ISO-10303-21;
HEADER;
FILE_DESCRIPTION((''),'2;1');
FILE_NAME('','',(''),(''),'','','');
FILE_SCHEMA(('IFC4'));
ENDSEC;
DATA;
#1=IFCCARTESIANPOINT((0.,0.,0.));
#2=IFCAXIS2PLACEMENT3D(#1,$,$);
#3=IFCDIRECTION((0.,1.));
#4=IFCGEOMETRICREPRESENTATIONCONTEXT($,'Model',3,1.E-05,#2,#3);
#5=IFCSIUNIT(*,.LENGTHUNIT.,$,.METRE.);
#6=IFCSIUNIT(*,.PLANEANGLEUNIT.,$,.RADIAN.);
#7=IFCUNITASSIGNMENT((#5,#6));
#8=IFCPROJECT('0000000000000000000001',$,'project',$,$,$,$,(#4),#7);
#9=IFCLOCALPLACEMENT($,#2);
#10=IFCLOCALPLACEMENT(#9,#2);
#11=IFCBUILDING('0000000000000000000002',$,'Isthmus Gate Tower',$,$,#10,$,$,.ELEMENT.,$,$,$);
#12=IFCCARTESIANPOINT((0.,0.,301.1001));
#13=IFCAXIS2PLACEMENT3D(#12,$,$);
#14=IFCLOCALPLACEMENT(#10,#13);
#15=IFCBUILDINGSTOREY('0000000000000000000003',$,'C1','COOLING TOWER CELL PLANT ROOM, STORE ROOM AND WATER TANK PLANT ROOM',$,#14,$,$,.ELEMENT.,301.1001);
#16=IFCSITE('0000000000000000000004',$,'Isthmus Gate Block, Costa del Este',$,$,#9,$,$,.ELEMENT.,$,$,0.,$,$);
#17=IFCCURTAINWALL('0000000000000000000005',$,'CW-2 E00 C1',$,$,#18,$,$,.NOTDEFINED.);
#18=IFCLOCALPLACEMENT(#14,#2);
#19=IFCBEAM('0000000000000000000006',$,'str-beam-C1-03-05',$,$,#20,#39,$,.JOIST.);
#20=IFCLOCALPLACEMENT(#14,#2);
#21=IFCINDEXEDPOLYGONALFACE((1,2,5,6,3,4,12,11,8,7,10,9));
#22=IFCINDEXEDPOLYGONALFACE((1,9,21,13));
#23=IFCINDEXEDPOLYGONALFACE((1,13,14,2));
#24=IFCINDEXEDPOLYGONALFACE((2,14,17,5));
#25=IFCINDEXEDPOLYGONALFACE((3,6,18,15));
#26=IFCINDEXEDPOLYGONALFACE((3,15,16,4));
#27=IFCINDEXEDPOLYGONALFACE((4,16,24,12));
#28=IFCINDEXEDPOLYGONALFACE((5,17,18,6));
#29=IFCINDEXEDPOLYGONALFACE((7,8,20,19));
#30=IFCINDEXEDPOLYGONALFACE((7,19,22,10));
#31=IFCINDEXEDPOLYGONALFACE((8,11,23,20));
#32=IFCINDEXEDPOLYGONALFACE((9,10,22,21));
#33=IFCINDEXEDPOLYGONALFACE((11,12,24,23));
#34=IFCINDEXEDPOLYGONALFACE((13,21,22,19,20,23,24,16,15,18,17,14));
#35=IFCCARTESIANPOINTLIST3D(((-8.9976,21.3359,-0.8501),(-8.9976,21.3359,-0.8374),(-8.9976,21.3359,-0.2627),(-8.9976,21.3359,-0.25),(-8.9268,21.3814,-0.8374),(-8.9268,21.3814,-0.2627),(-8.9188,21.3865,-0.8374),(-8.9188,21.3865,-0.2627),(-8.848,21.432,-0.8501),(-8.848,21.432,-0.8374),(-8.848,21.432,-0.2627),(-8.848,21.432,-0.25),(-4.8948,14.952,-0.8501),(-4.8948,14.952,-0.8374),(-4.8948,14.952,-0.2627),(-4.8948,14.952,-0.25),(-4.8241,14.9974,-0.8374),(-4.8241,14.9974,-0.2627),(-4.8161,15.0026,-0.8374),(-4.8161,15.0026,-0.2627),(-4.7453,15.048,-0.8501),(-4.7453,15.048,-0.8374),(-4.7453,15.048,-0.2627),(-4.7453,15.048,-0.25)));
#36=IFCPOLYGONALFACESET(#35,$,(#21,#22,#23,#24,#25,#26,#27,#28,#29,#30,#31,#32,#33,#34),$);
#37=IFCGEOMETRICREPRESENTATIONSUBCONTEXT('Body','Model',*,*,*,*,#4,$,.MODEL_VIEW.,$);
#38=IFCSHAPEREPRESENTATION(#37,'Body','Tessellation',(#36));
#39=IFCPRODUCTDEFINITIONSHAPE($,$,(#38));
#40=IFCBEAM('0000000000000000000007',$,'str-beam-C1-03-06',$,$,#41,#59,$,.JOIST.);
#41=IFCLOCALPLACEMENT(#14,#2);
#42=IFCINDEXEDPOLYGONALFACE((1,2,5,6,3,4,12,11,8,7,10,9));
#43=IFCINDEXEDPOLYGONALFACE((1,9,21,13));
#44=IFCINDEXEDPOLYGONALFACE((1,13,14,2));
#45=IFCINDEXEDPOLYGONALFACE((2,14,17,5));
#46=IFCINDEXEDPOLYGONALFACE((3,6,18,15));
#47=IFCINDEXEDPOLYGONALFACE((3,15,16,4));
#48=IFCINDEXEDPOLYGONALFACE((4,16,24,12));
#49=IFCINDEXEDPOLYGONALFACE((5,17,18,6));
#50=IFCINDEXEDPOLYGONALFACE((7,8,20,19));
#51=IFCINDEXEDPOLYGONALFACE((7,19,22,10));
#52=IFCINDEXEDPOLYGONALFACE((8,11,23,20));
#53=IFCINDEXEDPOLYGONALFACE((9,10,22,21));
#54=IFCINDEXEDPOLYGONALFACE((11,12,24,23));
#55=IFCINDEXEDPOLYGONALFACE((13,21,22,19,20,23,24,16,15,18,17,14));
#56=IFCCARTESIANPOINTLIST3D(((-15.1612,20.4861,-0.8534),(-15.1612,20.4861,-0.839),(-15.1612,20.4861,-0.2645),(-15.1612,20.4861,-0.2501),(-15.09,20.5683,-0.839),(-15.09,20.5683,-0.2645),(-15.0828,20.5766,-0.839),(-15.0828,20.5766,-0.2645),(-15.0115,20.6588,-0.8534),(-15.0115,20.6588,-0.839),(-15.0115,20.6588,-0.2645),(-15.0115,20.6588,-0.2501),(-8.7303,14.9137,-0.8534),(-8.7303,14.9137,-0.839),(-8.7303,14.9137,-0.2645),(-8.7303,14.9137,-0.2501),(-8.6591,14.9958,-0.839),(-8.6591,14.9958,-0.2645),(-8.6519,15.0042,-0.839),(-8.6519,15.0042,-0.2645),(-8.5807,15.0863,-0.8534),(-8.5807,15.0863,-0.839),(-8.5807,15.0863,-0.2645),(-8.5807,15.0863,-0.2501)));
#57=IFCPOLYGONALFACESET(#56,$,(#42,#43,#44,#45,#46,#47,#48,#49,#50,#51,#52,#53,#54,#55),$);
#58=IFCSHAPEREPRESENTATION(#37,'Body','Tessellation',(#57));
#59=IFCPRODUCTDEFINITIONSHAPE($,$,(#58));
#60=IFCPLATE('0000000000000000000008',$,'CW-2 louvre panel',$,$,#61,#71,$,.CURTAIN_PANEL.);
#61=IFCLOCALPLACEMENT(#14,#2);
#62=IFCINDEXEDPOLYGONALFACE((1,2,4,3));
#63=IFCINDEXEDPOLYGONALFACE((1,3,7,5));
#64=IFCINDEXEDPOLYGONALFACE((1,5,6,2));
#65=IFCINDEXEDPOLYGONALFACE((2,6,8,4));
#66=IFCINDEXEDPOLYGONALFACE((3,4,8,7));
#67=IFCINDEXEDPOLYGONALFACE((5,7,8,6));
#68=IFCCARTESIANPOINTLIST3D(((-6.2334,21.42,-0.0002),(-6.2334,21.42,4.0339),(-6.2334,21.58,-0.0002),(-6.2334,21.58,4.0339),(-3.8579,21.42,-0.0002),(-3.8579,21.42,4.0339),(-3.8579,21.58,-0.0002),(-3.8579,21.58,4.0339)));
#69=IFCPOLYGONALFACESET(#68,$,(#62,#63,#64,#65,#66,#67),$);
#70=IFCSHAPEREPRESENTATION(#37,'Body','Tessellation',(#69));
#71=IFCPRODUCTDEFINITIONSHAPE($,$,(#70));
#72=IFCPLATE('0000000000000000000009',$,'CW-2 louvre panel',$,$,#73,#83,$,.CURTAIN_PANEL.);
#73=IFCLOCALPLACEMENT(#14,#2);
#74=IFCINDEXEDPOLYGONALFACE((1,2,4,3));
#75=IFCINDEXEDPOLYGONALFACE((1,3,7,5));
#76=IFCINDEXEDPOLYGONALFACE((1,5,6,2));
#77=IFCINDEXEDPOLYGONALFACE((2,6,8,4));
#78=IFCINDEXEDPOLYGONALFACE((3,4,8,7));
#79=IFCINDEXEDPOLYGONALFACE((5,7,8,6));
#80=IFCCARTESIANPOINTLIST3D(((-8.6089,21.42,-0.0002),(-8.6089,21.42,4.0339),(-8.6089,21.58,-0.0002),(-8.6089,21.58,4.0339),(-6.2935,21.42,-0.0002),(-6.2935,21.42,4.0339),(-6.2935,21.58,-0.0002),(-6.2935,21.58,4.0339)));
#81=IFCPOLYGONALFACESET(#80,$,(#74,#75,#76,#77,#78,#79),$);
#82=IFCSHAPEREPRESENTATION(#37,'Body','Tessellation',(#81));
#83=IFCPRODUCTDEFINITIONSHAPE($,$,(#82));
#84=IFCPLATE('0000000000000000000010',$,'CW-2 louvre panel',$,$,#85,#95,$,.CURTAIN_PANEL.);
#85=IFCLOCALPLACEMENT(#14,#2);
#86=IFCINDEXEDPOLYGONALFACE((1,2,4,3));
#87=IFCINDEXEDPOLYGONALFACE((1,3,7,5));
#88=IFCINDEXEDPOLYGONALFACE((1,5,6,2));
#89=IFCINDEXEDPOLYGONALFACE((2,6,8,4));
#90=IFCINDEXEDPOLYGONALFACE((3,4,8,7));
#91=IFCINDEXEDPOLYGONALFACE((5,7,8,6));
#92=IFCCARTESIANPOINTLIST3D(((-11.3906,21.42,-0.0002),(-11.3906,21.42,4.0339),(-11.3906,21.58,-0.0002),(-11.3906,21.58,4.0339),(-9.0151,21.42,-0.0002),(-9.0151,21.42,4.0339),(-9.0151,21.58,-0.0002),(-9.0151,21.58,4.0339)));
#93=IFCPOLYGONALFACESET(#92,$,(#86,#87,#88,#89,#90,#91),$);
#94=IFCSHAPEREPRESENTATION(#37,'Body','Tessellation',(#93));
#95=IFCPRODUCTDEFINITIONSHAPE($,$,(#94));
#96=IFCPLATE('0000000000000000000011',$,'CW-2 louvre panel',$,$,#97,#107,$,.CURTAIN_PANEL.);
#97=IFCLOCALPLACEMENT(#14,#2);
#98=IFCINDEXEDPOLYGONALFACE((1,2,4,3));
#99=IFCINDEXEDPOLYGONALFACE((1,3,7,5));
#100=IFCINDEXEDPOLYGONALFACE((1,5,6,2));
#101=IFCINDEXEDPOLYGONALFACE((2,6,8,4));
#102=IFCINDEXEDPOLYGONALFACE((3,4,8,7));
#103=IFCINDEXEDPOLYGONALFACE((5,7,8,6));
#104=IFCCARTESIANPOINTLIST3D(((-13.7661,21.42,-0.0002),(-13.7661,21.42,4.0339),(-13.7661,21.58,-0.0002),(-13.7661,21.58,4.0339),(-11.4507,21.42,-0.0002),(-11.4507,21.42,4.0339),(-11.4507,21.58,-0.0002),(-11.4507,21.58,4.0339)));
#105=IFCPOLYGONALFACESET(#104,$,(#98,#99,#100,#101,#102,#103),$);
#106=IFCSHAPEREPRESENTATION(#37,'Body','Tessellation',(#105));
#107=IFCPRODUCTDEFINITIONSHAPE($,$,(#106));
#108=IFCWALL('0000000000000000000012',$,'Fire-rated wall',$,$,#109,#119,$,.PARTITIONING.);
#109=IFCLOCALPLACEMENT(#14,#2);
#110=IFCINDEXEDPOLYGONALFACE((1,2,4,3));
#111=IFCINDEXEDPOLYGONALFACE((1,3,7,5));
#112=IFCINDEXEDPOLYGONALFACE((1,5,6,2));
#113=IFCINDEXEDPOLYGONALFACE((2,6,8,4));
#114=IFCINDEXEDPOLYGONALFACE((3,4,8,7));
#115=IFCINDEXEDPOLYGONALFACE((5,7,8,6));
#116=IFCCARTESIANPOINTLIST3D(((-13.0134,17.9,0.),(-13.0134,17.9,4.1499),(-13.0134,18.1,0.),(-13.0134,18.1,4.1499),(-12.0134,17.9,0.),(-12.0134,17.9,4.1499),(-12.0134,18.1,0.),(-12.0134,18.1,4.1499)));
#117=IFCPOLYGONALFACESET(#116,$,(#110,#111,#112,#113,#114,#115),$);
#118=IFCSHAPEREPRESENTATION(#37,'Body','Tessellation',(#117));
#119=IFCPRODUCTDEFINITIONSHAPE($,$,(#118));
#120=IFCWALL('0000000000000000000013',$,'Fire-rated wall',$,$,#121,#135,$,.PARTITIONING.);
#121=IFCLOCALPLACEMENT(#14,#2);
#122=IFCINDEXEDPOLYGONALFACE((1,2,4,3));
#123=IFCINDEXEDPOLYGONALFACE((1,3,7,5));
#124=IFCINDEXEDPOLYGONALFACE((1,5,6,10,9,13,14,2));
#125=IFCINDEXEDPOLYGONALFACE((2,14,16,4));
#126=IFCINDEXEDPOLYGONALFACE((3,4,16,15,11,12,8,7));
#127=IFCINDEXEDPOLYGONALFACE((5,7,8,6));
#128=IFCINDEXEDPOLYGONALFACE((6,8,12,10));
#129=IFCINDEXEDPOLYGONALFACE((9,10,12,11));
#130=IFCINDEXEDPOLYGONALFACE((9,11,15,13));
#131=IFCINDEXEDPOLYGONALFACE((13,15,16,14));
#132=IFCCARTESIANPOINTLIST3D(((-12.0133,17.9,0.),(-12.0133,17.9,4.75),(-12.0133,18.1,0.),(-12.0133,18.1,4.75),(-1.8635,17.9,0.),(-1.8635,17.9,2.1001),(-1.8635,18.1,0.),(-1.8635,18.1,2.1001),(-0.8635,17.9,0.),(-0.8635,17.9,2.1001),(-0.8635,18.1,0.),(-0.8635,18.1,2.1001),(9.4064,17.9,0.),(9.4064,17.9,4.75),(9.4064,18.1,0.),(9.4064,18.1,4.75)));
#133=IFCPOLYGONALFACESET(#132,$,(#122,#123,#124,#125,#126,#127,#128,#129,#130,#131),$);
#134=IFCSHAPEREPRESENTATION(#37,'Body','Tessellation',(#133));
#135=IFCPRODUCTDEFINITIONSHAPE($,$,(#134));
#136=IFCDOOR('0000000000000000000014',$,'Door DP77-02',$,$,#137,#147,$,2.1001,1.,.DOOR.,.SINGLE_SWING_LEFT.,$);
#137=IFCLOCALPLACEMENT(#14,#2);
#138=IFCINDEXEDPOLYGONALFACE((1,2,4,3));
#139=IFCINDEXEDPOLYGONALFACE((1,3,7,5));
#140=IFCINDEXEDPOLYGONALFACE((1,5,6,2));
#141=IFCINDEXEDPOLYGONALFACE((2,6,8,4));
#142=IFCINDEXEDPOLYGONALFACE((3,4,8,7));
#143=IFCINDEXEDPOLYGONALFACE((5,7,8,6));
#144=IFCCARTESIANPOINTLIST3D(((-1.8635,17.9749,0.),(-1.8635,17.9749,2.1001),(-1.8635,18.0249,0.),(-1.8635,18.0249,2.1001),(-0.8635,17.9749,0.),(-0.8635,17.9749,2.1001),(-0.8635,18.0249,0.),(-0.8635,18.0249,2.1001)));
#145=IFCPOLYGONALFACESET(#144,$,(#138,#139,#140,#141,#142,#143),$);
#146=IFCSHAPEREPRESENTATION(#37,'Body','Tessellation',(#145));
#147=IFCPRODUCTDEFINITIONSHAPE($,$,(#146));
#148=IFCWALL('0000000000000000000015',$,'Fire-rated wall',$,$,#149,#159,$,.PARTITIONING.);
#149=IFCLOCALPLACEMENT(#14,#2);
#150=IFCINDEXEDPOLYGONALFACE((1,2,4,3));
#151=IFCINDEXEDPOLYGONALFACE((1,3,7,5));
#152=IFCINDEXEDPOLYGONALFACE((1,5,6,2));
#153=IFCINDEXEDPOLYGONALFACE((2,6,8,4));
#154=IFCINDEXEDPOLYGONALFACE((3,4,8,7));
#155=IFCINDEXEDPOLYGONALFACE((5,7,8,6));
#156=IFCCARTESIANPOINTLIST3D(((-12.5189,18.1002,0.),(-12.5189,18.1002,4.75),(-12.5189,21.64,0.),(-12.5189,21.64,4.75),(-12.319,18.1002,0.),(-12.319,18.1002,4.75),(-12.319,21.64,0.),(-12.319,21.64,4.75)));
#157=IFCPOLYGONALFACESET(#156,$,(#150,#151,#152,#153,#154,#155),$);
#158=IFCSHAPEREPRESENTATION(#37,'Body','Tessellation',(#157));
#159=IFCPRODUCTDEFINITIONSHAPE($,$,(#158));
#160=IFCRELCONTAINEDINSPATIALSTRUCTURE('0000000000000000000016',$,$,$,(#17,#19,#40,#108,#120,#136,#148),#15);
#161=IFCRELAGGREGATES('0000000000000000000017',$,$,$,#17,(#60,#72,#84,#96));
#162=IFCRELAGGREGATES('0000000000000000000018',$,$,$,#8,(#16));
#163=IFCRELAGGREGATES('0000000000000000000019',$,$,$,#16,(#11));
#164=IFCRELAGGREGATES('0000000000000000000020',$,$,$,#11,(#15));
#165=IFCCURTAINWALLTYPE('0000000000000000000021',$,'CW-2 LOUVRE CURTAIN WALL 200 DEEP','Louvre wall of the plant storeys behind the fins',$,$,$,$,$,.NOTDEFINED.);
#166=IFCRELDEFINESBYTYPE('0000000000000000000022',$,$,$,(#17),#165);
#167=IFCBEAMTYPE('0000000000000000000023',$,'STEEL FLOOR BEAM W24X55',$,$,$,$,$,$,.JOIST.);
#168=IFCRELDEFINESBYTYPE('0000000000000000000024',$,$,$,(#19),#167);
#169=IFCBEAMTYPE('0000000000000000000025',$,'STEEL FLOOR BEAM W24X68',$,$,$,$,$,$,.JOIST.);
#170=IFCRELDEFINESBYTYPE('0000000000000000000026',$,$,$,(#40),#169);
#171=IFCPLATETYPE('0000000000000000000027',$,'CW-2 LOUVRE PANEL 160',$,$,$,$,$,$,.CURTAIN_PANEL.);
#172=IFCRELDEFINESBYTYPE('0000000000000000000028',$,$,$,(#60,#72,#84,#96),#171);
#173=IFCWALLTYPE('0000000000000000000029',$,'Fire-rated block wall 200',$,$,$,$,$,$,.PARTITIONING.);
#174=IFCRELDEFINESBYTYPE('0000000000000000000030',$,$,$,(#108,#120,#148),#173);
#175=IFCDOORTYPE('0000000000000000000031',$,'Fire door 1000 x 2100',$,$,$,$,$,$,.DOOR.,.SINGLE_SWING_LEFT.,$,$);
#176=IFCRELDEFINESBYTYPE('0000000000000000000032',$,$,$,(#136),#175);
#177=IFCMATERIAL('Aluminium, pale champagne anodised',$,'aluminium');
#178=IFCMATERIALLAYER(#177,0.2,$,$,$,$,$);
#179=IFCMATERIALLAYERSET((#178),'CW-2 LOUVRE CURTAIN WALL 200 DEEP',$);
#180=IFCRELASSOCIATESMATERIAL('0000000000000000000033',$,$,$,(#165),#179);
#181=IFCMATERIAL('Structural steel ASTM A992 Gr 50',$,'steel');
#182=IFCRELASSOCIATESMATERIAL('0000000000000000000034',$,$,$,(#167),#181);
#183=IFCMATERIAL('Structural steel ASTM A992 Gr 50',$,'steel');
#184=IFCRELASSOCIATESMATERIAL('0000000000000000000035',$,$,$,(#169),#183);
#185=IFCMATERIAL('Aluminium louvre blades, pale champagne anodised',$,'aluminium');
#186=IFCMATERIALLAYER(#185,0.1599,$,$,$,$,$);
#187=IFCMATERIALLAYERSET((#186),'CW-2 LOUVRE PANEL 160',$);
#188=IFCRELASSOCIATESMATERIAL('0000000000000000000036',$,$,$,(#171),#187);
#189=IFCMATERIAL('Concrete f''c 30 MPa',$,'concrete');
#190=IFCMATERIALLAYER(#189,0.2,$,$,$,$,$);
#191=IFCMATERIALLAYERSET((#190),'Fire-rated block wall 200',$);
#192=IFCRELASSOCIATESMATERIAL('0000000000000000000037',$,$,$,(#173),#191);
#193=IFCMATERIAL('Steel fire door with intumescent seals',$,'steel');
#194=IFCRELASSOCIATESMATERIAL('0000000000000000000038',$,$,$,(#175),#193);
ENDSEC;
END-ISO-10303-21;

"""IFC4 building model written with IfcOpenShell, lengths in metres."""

from ifc_helpers import new_model, si_unit, direction, frame, frame_2d, origin, origin_2d, place, context, subcontext, project, spatial, rectangle, i_section, extrude, material, layer, layer_set, material_profile, profile_set, type_object, element, fill, aggregate, save


model = new_model("IFC4")

# Units and contexts
model_context = context("Model", 3, precision=1e-05, world=origin(), true_north=direction((0.0, 1.0)))
body_context = subcontext(model_context, "Body", "Model", "MODEL_VIEW")
ifc_project = project(units=[si_unit("LENGTHUNIT", "METRE"), si_unit("PLANEANGLEUNIT", "RADIAN")], contexts=[model_context])

# Site, building, storey
site_placement = place(None, origin())
site = spatial("IfcSite", under=ifc_project, at=site_placement, Name="Isthmus Gate Block, Costa del Este", CompositionType="ELEMENT", RefElevation=0.0)
building_placement = place(site_placement, origin())
building = spatial("IfcBuilding", under=site, at=building_placement, Name="Isthmus Gate Tower", CompositionType="ELEMENT")
storey_placement = place(building_placement, frame((0.0, 0.0, 301.1001)))
storey = spatial("IfcBuildingStorey", under=building, at=storey_placement, Name="C1", Description="COOLING TOWER CELL PLANT ROOM, STORE ROOM AND WATER TANK PLANT ROOM", CompositionType="ELEMENT", Elevation=301.1001)

# Curtain wall
ifc_material_1 = material(Name="Aluminium, pale champagne anodised", Category="aluminium")
ifc_layer_1 = layer(ifc_material_1, 0.2)
ifc_layer_set_1 = layer_set([ifc_layer_1], Name="CW-2 LOUVRE CURTAIN WALL 200 DEEP")
curtain_wall_type = type_object("IfcCurtainWallType", Name="CW-2 LOUVRE CURTAIN WALL 200 DEEP", Description="Louvre wall of the plant storeys behind the fins", PredefinedType="NOTDEFINED", material=ifc_layer_set_1)
curtain_wall_placement = place(storey_placement, origin())
curtain_wall = element("IfcCurtainWall", 1, at=curtain_wall_placement, inside=storey, type_object=curtain_wall_type, Name="CW-2 E00 C1", PredefinedType="NOTDEFINED")

# Beams
ifc_material_2 = material(Name="Structural steel ASTM A992 Gr 50", Category="steel")
ifc_material_profile_1 = material_profile(ifc_material_2, i_section(OverallWidth=0.1777, OverallDepth=0.6001, WebThickness=0.0095, FlangeThickness=0.0127, at=origin_2d()), Name="W24X55")
ifc_profile_set_1 = profile_set([ifc_material_profile_1], Name="Structural steel ASTM A992 Gr 50")
beam_type_1 = type_object("IfcBeamType", Name="STEEL FLOOR BEAM W24X55", PredefinedType="JOIST", material=ifc_profile_set_1)
beam_1_placement = place(storey_placement, frame((-4.8201, 15.0, -0.55), z_axis=(-0.540642, 0.841253, 0.0), x_axis=(-0.841253, -0.540642, 0.0)))
element("IfcBeam", 2, at=beam_1_placement, inside=storey, type_object=beam_type_1, Name="str-beam-C1-03-05", PredefinedType="JOIST", context=body_context, shape_type="SweptSolid", body=[
    extrude(i_section(OverallWidth=0.1777, OverallDepth=0.6001, WebThickness=0.0095, FlangeThickness=0.0127, at=origin_2d()), origin(), (0.0, 0.0, 1.0), 7.5886),
])
ifc_material_3 = material(Name="Structural steel ASTM A992 Gr 50", Category="steel")
ifc_material_profile_2 = material_profile(ifc_material_3, i_section(OverallWidth=0.2285, OverallDepth=0.6033, WebThickness=0.011, FlangeThickness=0.0144, at=origin_2d()), Name="W24X68")
ifc_profile_set_2 = profile_set([ifc_material_profile_2], Name="Structural steel ASTM A992 Gr 50")
beam_type_2 = type_object("IfcBeamType", Name="STEEL FLOOR BEAM W24X68", PredefinedType="JOIST", material=ifc_profile_set_2)
beam_2_placement = place(storey_placement, frame((-8.6555, 15.0, -0.5518), z_axis=(-0.755744, 0.654867, 0.0), x_axis=(-0.654867, -0.755744, 0.0)))
element("IfcBeam", 3, at=beam_2_placement, inside=storey, type_object=beam_type_2, Name="str-beam-C1-03-06", PredefinedType="JOIST", context=body_context, shape_type="SweptSolid", body=[
    extrude(i_section(OverallWidth=0.2285, OverallDepth=0.6033, WebThickness=0.011, FlangeThickness=0.0144, at=origin_2d()), origin(), (0.0, 0.0, 1.0), 8.5093),
])

# Plates
ifc_material_4 = material(Name="Aluminium louvre blades, pale champagne anodised", Category="aluminium")
ifc_layer_2 = layer(ifc_material_4, 0.1599)
ifc_layer_set_2 = layer_set([ifc_layer_2], Name="CW-2 LOUVRE PANEL 160")
plate_type = type_object("IfcPlateType", Name="CW-2 LOUVRE PANEL 160", PredefinedType="CURTAIN_PANEL", material=ifc_layer_set_2)
plate_1_placement = place(storey_placement, frame((-5.0457, 21.5, -0.0002), z_axis=(0.0, 0.0, 1.0), x_axis=(-1.0, 0.0, 0.0)))
plate_1 = element("IfcPlate", 4, at=plate_1_placement, type_object=plate_type, Name="CW-2 louvre panel", PredefinedType="CURTAIN_PANEL", context=body_context, shape_type="SweptSolid", body=[
    extrude(rectangle(XDim=2.3755, YDim=0.1599, at=origin_2d()), origin(), (0.0, 0.0, 1.0), 4.0342),
])
plate_2_placement = place(storey_placement, frame((-7.4512, 21.5, -0.0002), z_axis=(0.0, 0.0, 1.0), x_axis=(-1.0, 0.0, 0.0)))
plate_2 = element("IfcPlate", 5, at=plate_2_placement, type_object=plate_type, Name="CW-2 louvre panel", PredefinedType="CURTAIN_PANEL", context=body_context, shape_type="SweptSolid", body=[
    extrude(rectangle(XDim=2.3154, YDim=0.1599, at=origin_2d()), origin(), (0.0, 0.0, 1.0), 4.0342),
])
plate_3_placement = place(storey_placement, frame((-10.2029, 21.5, -0.0002), z_axis=(0.0, 0.0, 1.0), x_axis=(-1.0, 0.0, 0.0)))
plate_3 = element("IfcPlate", 6, at=plate_3_placement, type_object=plate_type, Name="CW-2 louvre panel", PredefinedType="CURTAIN_PANEL", context=body_context, shape_type="SweptSolid", body=[
    extrude(rectangle(XDim=2.3755, YDim=0.1599, at=origin_2d()), origin(), (0.0, 0.0, 1.0), 4.0342),
])
plate_4_placement = place(storey_placement, frame((-12.6084, 21.5, -0.0002), z_axis=(0.0, 0.0, 1.0), x_axis=(-1.0, 0.0, 0.0)))
plate_4 = element("IfcPlate", 7, at=plate_4_placement, type_object=plate_type, Name="CW-2 louvre panel", PredefinedType="CURTAIN_PANEL", context=body_context, shape_type="SweptSolid", body=[
    extrude(rectangle(XDim=2.3154, YDim=0.1599, at=origin_2d()), origin(), (0.0, 0.0, 1.0), 4.0342),
])
aggregate(curtain_wall, [plate_1, plate_2, plate_3, plate_4])

# Wall
ifc_material_5 = material(Name="Concrete f'c 30 MPa", Category="concrete")
ifc_layer_3 = layer(ifc_material_5, 0.2)
ifc_layer_set_3 = layer_set([ifc_layer_3], Name="Fire-rated block wall 200")
wall_type = type_object("IfcWallType", Name="Fire-rated block wall 200", PredefinedType="PARTITIONING", material=ifc_layer_set_3)
wall_1_placement = place(storey_placement, frame((-13.0134, 18.0, 0.0), z_axis=(0.0, 0.0, 1.0), x_axis=(1.0, 0.0, 0.0)))
element("IfcWall", 8, at=wall_1_placement, inside=storey, type_object=wall_type, Name="Fire-rated wall", PredefinedType="PARTITIONING", context=body_context, shape_type="SweptSolid", body=[
    extrude(rectangle(XDim=1.0, YDim=0.2, at=frame_2d((0.5, 0.0))), origin(), (0.0, 0.0, 1.0), 4.1499),
])

# Wall, opening, door
wall_2_placement = place(storey_placement, frame((-12.0134, 18.0, 0.0), z_axis=(0.0, 0.0, 1.0), x_axis=(1.0, 0.0, 0.0)))
wall_2 = element("IfcWall", 9, at=wall_2_placement, inside=storey, type_object=wall_type, Name="Fire-rated wall", PredefinedType="PARTITIONING", context=body_context, shape_type="SweptSolid", body=[
    extrude(rectangle(XDim=21.4197, YDim=0.2, at=frame_2d((10.71, 0.0))), origin(), (0.0, 0.0, 1.0), 4.75),
])
opening_placement = place(wall_2_placement, frame((10.1499, 0.0, 0.0)))
opening = element("IfcOpeningElement", 10, at=opening_placement, cuts=wall_2, PredefinedType="OPENING", context=body_context, shape_type="SweptSolid", body=[
    extrude(rectangle(XDim=1.0, YDim=2.1001, at=frame_2d((0.5, 1.05))), frame((0.0, 0.1099, 0.0), z_axis=(0.0, -1.0, 0.0), x_axis=(1.0, 0.0, 0.0)), (0.0, 0.0, 1.0), 0.22),
])
ifc_material_6 = material(Name="Steel fire door with intumescent seals", Category="steel")
door_type = type_object("IfcDoorType", Name="Fire door 1000 x 2100", OperationType="SINGLE_SWING_LEFT", PredefinedType="DOOR", material=ifc_material_6)
door_placement = place(opening_placement, origin())
door = element("IfcDoor", 11, at=door_placement, inside=storey, type_object=door_type, Name="Door DP77-02", OperationType="SINGLE_SWING_LEFT", OverallHeight=2.1001, OverallWidth=1.0, PredefinedType="DOOR", context=body_context, shape_type="SweptSolid", body=[
    extrude(rectangle(XDim=1.0, YDim=2.1001, at=frame_2d((0.5, 1.05))), frame((0.0, 0.0249, 0.0), z_axis=(0.0, -1.0, 0.0), x_axis=(1.0, 0.0, 0.0)), (0.0, 0.0, 1.0), 0.05),
])
fill(opening, door)

# Wall
wall_3_placement = place(storey_placement, frame((-12.4189, 18.1001, 0.0), z_axis=(0.0, 0.0, 1.0), x_axis=(0.0, 1.0, 0.0)))
element("IfcWall", 12, at=wall_3_placement, inside=storey, type_object=wall_type, Name="Fire-rated wall", PredefinedType="PARTITIONING", context=body_context, shape_type="SweptSolid", body=[
    extrude(rectangle(XDim=3.5398, YDim=0.2, at=frame_2d((1.77, 0.0))), origin(), (0.0, 0.0, 1.0), 4.75),
])

save(model, "model.ifc")
